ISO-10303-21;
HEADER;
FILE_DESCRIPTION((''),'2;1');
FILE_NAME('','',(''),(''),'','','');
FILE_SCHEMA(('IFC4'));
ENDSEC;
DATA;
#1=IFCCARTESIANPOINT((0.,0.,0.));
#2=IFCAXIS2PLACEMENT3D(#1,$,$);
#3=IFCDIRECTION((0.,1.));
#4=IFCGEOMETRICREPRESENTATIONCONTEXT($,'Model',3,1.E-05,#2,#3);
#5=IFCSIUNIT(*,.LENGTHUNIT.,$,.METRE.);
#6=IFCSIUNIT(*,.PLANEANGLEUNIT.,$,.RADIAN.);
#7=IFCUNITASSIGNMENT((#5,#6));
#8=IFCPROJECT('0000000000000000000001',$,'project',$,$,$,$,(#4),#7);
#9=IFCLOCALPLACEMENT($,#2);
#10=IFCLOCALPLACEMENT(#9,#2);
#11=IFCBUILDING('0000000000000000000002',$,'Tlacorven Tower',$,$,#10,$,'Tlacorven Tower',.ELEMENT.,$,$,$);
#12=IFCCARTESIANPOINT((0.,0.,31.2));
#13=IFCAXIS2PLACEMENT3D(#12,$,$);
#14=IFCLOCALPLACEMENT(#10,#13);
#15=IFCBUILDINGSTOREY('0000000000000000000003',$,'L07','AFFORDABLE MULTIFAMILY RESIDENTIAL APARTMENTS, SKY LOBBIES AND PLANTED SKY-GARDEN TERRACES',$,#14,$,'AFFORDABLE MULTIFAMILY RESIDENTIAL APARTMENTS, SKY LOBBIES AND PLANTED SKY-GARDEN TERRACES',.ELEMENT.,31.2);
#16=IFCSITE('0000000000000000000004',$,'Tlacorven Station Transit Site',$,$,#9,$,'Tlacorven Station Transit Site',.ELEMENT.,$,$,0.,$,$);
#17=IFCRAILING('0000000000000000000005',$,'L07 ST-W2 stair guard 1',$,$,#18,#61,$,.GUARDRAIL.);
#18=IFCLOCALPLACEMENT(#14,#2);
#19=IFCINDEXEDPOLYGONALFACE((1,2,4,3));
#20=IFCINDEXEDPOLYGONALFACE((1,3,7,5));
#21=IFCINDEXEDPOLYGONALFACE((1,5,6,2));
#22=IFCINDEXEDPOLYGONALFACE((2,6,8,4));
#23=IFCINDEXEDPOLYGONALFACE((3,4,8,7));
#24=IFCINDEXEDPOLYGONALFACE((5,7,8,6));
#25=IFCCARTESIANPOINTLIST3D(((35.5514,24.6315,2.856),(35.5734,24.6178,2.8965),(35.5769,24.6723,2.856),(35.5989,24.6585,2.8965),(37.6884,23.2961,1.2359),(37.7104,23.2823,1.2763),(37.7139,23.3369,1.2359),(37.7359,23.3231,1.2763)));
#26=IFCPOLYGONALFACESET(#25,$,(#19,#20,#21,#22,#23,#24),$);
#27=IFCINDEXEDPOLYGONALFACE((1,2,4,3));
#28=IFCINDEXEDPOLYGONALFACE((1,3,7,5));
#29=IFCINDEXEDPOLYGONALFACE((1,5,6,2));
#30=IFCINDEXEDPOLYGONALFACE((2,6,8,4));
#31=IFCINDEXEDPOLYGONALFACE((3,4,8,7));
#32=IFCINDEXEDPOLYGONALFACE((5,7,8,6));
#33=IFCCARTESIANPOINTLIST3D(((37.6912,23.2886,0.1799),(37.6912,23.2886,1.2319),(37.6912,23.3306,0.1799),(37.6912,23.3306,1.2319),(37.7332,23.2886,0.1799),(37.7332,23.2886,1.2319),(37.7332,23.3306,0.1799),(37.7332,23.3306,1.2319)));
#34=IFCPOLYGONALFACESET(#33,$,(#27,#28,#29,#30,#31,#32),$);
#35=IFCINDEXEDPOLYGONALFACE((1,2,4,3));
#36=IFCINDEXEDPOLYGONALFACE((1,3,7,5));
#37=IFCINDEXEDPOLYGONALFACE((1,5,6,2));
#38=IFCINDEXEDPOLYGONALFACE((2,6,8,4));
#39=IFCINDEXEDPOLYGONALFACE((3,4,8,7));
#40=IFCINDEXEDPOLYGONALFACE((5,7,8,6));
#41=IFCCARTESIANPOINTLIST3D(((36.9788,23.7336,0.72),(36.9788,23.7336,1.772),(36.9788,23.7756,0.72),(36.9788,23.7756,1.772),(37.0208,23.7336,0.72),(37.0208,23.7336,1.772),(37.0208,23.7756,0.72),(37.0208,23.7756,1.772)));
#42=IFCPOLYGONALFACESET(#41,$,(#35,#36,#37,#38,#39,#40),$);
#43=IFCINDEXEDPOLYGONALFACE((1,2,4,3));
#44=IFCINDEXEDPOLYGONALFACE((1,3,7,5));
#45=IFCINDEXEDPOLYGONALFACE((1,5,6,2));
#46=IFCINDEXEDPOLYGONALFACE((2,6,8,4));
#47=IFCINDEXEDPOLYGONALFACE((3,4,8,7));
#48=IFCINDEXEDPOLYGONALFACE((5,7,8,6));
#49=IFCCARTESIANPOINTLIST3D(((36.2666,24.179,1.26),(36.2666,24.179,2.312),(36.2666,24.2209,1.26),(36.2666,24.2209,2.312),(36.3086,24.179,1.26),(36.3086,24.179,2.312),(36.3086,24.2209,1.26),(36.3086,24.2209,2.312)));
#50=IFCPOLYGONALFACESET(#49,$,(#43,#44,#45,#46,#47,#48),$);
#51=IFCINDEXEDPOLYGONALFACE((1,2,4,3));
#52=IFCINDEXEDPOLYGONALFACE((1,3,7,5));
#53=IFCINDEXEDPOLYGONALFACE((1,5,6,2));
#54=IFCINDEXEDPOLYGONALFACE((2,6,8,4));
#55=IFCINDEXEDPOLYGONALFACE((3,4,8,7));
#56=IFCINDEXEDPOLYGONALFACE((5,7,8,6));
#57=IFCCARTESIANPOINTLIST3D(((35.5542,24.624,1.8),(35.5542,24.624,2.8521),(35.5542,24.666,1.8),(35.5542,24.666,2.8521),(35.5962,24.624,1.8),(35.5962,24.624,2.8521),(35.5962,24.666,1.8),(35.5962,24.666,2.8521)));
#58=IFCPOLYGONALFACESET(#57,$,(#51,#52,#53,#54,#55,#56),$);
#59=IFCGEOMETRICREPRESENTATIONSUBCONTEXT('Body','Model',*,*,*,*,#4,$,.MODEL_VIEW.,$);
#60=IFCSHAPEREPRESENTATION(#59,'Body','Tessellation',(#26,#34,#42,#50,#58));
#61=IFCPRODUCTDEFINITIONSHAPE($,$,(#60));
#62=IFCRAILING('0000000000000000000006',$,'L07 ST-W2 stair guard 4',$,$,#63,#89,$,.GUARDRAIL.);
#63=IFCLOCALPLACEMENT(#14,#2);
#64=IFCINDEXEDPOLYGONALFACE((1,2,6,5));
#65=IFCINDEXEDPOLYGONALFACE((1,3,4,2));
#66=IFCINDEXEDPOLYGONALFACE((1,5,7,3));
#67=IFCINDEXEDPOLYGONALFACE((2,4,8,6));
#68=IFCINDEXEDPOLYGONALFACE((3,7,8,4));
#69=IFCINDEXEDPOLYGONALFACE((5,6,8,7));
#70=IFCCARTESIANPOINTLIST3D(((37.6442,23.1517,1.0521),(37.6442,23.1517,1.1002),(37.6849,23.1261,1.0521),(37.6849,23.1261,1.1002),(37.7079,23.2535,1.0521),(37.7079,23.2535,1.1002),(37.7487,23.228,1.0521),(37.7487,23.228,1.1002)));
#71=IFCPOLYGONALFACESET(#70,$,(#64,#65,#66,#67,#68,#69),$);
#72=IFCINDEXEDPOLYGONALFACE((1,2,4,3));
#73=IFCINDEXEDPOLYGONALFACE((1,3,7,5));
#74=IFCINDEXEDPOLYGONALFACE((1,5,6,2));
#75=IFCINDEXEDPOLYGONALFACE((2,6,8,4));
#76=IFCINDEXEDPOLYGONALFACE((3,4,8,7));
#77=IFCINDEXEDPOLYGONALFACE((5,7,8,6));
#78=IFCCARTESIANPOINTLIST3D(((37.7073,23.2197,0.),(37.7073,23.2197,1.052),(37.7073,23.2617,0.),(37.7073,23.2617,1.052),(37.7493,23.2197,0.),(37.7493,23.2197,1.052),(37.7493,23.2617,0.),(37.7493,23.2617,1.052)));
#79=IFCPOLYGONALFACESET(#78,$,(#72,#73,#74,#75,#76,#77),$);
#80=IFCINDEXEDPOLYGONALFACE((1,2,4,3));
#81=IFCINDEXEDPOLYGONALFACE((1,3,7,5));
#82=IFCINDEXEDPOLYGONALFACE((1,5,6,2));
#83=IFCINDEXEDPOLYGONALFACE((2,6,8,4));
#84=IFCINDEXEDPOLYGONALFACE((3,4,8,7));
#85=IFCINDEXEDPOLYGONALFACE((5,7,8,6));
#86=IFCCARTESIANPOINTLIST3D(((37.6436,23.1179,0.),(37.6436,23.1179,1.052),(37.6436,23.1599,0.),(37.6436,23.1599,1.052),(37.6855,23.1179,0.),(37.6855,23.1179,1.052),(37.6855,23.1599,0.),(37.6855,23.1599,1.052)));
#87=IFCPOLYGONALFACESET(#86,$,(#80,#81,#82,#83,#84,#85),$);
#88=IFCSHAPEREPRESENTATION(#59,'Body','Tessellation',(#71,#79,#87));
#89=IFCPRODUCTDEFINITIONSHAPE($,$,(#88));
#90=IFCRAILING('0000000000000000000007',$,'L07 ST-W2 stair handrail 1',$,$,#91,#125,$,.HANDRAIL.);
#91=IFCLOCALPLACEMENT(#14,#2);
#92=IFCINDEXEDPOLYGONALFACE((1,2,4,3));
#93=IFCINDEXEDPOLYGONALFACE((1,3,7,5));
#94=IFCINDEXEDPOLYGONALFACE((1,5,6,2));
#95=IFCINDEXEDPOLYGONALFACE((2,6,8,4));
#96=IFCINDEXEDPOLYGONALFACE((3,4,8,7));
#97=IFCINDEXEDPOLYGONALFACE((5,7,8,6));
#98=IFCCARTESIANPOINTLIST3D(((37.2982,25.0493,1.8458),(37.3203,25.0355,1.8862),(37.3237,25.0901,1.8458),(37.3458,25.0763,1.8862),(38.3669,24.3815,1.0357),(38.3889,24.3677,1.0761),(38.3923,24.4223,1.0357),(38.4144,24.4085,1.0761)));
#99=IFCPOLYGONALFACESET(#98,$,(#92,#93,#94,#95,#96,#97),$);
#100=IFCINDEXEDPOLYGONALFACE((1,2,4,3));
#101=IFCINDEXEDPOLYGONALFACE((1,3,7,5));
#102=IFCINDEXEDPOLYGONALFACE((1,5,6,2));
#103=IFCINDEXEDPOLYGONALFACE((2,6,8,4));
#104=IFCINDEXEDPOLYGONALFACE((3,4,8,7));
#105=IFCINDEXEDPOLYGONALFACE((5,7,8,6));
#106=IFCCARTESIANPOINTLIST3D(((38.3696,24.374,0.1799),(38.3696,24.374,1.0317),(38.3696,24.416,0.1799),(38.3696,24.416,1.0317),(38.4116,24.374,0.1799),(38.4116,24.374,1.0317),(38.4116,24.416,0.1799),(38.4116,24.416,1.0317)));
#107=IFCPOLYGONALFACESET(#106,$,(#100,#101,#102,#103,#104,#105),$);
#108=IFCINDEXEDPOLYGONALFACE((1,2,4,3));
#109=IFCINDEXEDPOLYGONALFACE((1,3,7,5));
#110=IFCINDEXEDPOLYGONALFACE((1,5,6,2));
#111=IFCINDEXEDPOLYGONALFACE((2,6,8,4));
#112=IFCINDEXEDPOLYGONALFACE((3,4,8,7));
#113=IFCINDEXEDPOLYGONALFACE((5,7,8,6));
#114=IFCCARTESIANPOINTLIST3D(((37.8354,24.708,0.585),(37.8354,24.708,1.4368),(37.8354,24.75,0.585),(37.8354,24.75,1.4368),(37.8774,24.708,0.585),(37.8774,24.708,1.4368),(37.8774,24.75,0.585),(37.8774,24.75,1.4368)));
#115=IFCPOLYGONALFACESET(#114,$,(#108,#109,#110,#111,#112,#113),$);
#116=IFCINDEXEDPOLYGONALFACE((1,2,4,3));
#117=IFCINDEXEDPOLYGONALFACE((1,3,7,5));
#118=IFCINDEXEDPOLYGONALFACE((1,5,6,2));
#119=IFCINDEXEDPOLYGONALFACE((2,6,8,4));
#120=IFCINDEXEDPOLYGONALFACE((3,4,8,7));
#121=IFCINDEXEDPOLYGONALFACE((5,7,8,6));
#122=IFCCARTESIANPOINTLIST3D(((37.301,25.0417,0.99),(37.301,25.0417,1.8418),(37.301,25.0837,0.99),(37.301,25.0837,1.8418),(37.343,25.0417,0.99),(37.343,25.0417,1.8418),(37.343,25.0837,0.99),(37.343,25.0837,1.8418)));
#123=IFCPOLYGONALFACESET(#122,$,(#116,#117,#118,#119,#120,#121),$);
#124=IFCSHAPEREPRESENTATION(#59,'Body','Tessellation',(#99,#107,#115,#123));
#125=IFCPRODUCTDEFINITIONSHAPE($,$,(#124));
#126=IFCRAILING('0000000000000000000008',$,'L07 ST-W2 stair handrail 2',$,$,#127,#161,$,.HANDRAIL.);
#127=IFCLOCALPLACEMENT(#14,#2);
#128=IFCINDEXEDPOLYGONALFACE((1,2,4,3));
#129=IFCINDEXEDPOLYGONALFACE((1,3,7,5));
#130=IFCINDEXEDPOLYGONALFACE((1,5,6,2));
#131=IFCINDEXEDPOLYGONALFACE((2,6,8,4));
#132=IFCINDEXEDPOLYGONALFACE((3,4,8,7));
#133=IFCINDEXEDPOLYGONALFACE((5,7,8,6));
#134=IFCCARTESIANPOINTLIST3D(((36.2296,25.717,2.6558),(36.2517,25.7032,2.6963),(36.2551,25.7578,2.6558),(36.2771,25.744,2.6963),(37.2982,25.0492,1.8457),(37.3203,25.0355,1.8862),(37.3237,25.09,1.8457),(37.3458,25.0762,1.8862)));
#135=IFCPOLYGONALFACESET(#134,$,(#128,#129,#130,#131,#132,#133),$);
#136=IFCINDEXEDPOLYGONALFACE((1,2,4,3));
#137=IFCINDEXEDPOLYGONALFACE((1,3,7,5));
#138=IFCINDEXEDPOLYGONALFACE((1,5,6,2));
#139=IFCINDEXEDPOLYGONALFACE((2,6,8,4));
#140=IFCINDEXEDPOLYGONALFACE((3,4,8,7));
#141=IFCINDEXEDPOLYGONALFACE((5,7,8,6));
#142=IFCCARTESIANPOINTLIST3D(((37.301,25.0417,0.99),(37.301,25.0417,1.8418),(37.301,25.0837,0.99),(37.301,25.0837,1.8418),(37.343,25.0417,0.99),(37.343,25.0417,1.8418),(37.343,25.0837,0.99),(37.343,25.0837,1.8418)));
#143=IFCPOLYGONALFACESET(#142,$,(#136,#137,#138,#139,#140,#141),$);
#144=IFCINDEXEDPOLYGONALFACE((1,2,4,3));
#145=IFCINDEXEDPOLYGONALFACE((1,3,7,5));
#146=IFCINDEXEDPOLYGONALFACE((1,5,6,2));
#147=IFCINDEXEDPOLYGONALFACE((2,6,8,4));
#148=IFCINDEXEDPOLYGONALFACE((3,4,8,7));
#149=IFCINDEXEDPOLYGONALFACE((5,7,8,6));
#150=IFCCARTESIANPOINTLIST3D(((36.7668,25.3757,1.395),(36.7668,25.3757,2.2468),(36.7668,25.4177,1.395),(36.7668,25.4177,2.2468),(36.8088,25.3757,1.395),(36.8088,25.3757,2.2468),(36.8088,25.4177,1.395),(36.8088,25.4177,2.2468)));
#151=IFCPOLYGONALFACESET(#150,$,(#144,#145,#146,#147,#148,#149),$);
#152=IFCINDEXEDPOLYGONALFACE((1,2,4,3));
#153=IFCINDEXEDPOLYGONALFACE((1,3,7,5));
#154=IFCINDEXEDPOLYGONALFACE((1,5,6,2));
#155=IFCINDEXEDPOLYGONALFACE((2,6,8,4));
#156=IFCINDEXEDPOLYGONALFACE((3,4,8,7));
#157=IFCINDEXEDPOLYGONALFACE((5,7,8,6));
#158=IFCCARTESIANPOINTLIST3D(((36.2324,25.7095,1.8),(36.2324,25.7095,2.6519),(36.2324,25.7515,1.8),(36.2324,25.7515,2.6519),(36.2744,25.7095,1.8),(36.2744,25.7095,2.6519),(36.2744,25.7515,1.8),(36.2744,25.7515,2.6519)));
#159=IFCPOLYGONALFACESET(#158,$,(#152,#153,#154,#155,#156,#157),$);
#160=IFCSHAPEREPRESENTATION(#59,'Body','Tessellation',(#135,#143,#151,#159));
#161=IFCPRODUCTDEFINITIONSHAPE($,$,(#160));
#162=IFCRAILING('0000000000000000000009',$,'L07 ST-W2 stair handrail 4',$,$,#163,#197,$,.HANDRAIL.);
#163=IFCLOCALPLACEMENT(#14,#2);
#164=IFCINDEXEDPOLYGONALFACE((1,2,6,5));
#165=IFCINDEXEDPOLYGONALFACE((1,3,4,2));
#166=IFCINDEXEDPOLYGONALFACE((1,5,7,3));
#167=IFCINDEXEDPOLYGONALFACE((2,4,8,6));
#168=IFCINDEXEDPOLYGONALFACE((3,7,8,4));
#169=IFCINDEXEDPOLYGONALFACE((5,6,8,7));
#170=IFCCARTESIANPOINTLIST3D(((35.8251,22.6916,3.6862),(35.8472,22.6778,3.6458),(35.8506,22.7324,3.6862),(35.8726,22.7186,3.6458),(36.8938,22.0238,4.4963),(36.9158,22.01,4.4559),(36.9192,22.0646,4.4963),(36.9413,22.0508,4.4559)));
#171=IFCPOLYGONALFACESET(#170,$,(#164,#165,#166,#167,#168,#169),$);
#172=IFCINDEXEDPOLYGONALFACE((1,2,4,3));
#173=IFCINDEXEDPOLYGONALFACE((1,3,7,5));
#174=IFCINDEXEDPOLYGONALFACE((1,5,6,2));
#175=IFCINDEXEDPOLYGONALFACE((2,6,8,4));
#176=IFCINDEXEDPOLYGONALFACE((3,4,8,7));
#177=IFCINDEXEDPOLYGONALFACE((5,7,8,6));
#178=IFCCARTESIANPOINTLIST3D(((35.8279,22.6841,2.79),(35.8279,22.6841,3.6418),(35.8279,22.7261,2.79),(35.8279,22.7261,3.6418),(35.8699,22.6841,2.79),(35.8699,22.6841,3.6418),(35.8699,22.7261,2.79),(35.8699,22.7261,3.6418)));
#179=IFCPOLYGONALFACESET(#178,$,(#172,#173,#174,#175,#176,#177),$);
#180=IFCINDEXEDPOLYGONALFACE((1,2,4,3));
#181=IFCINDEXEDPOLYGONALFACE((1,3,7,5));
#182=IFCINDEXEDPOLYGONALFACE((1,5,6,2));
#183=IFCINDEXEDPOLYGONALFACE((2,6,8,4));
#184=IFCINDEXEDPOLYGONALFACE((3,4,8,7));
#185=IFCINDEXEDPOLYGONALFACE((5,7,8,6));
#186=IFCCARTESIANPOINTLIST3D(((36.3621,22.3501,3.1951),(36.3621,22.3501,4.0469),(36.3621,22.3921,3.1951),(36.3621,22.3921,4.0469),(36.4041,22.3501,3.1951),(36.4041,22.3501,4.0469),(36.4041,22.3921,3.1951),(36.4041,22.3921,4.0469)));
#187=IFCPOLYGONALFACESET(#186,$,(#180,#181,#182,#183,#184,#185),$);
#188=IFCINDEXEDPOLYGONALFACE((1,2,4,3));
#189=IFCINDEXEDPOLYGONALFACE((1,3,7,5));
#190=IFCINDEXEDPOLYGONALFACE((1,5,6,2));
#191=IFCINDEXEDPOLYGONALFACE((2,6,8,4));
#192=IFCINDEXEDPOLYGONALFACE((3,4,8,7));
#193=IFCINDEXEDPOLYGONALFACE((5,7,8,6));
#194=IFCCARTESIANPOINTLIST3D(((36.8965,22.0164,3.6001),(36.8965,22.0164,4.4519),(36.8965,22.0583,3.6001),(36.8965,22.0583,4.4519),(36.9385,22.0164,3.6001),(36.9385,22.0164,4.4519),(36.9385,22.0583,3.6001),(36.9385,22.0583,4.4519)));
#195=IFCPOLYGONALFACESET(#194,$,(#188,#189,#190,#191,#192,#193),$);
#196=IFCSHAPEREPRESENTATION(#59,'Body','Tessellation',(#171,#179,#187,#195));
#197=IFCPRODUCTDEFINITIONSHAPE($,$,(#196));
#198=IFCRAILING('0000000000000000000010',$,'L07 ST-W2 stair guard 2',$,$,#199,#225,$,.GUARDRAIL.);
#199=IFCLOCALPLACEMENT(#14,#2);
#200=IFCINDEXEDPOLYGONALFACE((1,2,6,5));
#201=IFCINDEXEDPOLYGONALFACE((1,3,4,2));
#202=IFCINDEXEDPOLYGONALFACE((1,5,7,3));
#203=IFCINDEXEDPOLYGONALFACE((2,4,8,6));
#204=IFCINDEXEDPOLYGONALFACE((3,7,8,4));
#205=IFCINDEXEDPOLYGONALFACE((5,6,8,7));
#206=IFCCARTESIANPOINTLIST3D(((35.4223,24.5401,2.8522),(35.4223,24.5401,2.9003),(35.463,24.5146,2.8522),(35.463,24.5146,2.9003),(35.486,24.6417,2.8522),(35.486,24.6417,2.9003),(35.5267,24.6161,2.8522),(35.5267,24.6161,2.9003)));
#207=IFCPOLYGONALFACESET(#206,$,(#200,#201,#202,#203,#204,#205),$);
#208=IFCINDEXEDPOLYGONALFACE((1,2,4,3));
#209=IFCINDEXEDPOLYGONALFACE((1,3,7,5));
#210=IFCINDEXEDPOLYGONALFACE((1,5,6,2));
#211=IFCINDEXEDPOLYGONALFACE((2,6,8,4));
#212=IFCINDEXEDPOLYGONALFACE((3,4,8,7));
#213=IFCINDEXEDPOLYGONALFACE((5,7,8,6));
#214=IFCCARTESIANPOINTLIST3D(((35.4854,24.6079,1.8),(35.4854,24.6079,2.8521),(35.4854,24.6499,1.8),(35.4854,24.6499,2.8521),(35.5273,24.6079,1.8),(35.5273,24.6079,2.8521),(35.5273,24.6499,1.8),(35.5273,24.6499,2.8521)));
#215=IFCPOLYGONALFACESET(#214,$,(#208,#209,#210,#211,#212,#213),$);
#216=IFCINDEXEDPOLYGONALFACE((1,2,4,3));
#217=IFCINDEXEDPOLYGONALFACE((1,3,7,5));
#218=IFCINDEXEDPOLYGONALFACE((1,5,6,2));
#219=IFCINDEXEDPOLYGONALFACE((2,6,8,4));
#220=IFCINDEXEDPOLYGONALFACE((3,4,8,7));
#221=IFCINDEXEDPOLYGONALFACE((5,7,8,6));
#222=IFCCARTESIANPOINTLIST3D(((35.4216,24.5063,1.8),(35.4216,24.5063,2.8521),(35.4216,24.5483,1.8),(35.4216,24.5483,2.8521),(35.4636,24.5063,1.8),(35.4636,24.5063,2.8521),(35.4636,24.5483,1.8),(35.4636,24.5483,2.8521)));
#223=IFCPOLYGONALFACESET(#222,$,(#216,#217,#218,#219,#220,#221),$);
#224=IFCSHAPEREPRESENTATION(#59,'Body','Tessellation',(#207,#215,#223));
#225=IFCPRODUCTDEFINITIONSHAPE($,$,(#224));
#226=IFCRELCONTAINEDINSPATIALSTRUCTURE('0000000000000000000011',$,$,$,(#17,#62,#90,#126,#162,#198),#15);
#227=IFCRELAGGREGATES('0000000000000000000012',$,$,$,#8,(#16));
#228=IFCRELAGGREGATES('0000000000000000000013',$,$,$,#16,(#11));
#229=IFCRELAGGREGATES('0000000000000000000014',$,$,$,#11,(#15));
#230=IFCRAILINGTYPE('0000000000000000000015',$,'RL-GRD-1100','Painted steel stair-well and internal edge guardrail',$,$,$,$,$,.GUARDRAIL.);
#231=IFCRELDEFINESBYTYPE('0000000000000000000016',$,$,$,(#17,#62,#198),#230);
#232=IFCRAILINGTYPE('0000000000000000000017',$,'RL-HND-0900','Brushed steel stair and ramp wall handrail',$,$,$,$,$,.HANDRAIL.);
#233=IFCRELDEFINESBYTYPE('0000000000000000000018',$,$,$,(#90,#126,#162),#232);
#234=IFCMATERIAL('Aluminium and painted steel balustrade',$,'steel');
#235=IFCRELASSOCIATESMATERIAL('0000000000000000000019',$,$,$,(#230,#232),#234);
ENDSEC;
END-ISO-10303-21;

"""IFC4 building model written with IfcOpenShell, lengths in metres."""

from ifc_helpers import new_model, si_unit, direction, frame, origin, origin_2d, place, context, subcontext, project, spatial, rectangle, extrude, source, transform, mapped, material, type_object, element, save


model = new_model("IFC4")

# Units and contexts
model_context = context("Model", 3, precision=1e-05, world=origin(), true_north=direction((0.0, 1.0)))
body_context = subcontext(model_context, "Body", "Model", "MODEL_VIEW")
ifc_project = project(units=[si_unit("LENGTHUNIT", "METRE"), si_unit("PLANEANGLEUNIT", "RADIAN")], contexts=[model_context])

# Site, building, storey
site_placement = place(None, origin())
site = spatial("IfcSite", under=ifc_project, at=site_placement, Name="Tlacorven Station Transit Site", LongName="Tlacorven Station Transit Site", CompositionType="ELEMENT", RefElevation=0.0)
building_placement = place(site_placement, origin())
building = spatial("IfcBuilding", under=site, at=building_placement, Name="Tlacorven Tower", LongName="Tlacorven Tower", CompositionType="ELEMENT")
storey_placement = place(building_placement, frame((0.0, 0.0, 31.2)))
storey = spatial("IfcBuildingStorey", under=building, at=storey_placement, Name="L07", Description="AFFORDABLE MULTIFAMILY RESIDENTIAL APARTMENTS, SKY LOBBIES AND PLANTED SKY-GARDEN TERRACES", LongName="AFFORDABLE MULTIFAMILY RESIDENTIAL APARTMENTS, SKY LOBBIES AND PLANTED SKY-GARDEN TERRACES", CompositionType="ELEMENT", Elevation=31.2)

# Railings
ifc_material_1 = material(Name="Aluminium and painted steel balustrade", Category="steel")
railing_type_1 = type_object("IfcRailingType", Name="RL-GRD-1100", Description="Painted steel stair-well and internal edge guardrail", PredefinedType="GUARDRAIL", material=ifc_material_1)
shared_shape_1 = source(origin(), body_context, "Body", "SweptSolid", [
    extrude(rectangle(XDim=0.0481, YDim=0.0481, at=origin_2d()), frame((0.0, 0.0, 1.0762), z_axis=(-0.71332, 0.445774, 0.540796), x_axis=(-0.529955, -0.848026, 0.0)), (0.0, 0.0, 1.0), 2.9958),
    extrude(rectangle(XDim=0.042, YDim=0.042, at=origin_2d()), origin(), (0.0, 0.0, 1.0), 1.052),
    extrude(rectangle(XDim=0.042, YDim=0.042, at=origin_2d()), frame((-0.7124, 0.4451, 0.54)), (0.0, 0.0, 1.0), 1.052),
    extrude(rectangle(XDim=0.042, YDim=0.042, at=origin_2d()), frame((-1.4246, 0.8904, 1.0801)), (0.0, 0.0, 1.0), 1.052),
    extrude(rectangle(XDim=0.042, YDim=0.042, at=origin_2d()), frame((-2.137, 1.3354, 1.6201)), (0.0, 0.0, 1.0), 1.052),
])
railing_1_placement = place(storey_placement, frame((37.7122, 23.3096, 0.1799)))
element("IfcRailing", 1, at=railing_1_placement, inside=storey, type_object=railing_type_1, Name="L07 ST-W2 stair guard 1", PredefinedType="GUARDRAIL", context=body_context, shape_type="MappedRepresentation", body=[
    mapped(shared_shape_1, transform((0.0, 0.0, 0.0), scale=1.0)),
])
shared_shape_2 = source(origin(), body_context, "Body", "SweptSolid", [
    extrude(rectangle(XDim=0.0481, YDim=0.0481, at=origin_2d()), frame((0.0, 0.0, 1.0762), z_axis=(-0.530547, -0.847656, 0.0), x_axis=(0.847656, -0.530547, 0.0)), (0.0, 0.0, 1.0), 0.1201),
    extrude(rectangle(XDim=0.042, YDim=0.042, at=origin_2d()), origin(), (0.0, 0.0, 1.0), 1.052),
    extrude(rectangle(XDim=0.042, YDim=0.042, at=origin_2d()), frame((-0.0637, -0.1018, 0.0)), (0.0, 0.0, 1.0), 1.052),
])
railing_2_placement = place(storey_placement, frame((37.7283, 23.2407, 0.0)))
element("IfcRailing", 2, at=railing_2_placement, inside=storey, type_object=railing_type_1, Name="L07 ST-W2 stair guard 4", PredefinedType="GUARDRAIL", context=body_context, shape_type="MappedRepresentation", body=[
    mapped(shared_shape_2, transform((0.0, 0.0, 0.0), scale=1.0)),
])
railing_type_2 = type_object("IfcRailingType", Name="RL-HND-0900", Description="Brushed steel stair and ramp wall handrail", PredefinedType="HANDRAIL", material=ifc_material_1)
shared_shape_3 = source(origin(), body_context, "Body", "SweptSolid", [
    extrude(rectangle(XDim=0.0481, YDim=0.0481, at=origin_2d()), frame((0.0, 0.0, 0.876), z_axis=(-0.71336, 0.445748, 0.540765), x_axis=(-0.529912, -0.848053, 0.0)), (0.0, 0.0, 1.0), 1.498),
    extrude(rectangle(XDim=0.042, YDim=0.042, at=origin_2d()), origin(), (0.0, 0.0, 1.0), 0.8518),
    extrude(rectangle(XDim=0.042, YDim=0.042, at=origin_2d()), frame((-0.5342, 0.334, 0.405)), (0.0, 0.0, 1.0), 0.8518),
    extrude(rectangle(XDim=0.042, YDim=0.042, at=origin_2d()), frame((-1.0686, 0.6677, 0.8101)), (0.0, 0.0, 1.0), 0.8518),
])
for number, where, name in (
    (3, (38.3906, 24.395, 0.1799), "L07 ST-W2 stair handrail 1"),
    (4, (37.322, 25.0627, 0.99), "L07 ST-W2 stair handrail 2"),
):
    element("IfcRailing", number, at=place(storey_placement, frame(where)), inside=storey, type_object=railing_type_2, Name=name, PredefinedType="HANDRAIL", context=body_context, shape_type="MappedRepresentation", body=[
        mapped(shared_shape_3, transform((0.0, 0.0, 0.0), scale=1.0)),
    ])
shared_shape_4 = source(origin(), body_context, "Body", "SweptSolid", [
    extrude(rectangle(XDim=0.0481, YDim=0.0481, at=origin_2d()), frame((0.0, 0.0, 0.876), z_axis=(0.71336, -0.445748, 0.540765), x_axis=(0.529912, 0.848053, 0.0)), (0.0, 0.0, 1.0), 1.498),
    extrude(rectangle(XDim=0.042, YDim=0.042, at=origin_2d()), origin(), (0.0, 0.0, 1.0), 0.8518),
    extrude(rectangle(XDim=0.042, YDim=0.042, at=origin_2d()), frame((0.5342, -0.334, 0.405)), (0.0, 0.0, 1.0), 0.8518),
    extrude(rectangle(XDim=0.042, YDim=0.042, at=origin_2d()), frame((1.0686, -0.6677, 0.8101)), (0.0, 0.0, 1.0), 0.8518),
])
railing_3_placement = place(storey_placement, frame((35.8489, 22.7051, 2.79)))
element("IfcRailing", 5, at=railing_3_placement, inside=storey, type_object=railing_type_2, Name="L07 ST-W2 stair handrail 4", PredefinedType="HANDRAIL", context=body_context, shape_type="MappedRepresentation", body=[
    mapped(shared_shape_4, transform((0.0, 0.0, 0.0), scale=1.0)),
])
shared_shape_5 = source(origin(), body_context, "Body", "SweptSolid", [
    extrude(rectangle(XDim=0.0481, YDim=0.0481, at=origin_2d()), frame((0.0, 0.0, 1.0762), z_axis=(-0.531462, -0.847082, 0.0), x_axis=(0.847082, -0.531462, 0.0)), (0.0, 0.0, 1.0), 0.1199),
    extrude(rectangle(XDim=0.042, YDim=0.042, at=origin_2d()), origin(), (0.0, 0.0, 1.0), 1.052),
    extrude(rectangle(XDim=0.042, YDim=0.042, at=origin_2d()), frame((-0.0637, -0.1016, 0.0)), (0.0, 0.0, 1.0), 1.052),
])
railing_4_placement = place(storey_placement, frame((35.5063, 24.6289, 1.8)))
element("IfcRailing", 6, at=railing_4_placement, inside=storey, type_object=railing_type_1, Name="L07 ST-W2 stair guard 2", PredefinedType="GUARDRAIL", context=body_context, shape_type="MappedRepresentation", body=[
    mapped(shared_shape_5, transform((0.0, 0.0, 0.0), scale=1.0)),
])

save(model, "model.ifc")
